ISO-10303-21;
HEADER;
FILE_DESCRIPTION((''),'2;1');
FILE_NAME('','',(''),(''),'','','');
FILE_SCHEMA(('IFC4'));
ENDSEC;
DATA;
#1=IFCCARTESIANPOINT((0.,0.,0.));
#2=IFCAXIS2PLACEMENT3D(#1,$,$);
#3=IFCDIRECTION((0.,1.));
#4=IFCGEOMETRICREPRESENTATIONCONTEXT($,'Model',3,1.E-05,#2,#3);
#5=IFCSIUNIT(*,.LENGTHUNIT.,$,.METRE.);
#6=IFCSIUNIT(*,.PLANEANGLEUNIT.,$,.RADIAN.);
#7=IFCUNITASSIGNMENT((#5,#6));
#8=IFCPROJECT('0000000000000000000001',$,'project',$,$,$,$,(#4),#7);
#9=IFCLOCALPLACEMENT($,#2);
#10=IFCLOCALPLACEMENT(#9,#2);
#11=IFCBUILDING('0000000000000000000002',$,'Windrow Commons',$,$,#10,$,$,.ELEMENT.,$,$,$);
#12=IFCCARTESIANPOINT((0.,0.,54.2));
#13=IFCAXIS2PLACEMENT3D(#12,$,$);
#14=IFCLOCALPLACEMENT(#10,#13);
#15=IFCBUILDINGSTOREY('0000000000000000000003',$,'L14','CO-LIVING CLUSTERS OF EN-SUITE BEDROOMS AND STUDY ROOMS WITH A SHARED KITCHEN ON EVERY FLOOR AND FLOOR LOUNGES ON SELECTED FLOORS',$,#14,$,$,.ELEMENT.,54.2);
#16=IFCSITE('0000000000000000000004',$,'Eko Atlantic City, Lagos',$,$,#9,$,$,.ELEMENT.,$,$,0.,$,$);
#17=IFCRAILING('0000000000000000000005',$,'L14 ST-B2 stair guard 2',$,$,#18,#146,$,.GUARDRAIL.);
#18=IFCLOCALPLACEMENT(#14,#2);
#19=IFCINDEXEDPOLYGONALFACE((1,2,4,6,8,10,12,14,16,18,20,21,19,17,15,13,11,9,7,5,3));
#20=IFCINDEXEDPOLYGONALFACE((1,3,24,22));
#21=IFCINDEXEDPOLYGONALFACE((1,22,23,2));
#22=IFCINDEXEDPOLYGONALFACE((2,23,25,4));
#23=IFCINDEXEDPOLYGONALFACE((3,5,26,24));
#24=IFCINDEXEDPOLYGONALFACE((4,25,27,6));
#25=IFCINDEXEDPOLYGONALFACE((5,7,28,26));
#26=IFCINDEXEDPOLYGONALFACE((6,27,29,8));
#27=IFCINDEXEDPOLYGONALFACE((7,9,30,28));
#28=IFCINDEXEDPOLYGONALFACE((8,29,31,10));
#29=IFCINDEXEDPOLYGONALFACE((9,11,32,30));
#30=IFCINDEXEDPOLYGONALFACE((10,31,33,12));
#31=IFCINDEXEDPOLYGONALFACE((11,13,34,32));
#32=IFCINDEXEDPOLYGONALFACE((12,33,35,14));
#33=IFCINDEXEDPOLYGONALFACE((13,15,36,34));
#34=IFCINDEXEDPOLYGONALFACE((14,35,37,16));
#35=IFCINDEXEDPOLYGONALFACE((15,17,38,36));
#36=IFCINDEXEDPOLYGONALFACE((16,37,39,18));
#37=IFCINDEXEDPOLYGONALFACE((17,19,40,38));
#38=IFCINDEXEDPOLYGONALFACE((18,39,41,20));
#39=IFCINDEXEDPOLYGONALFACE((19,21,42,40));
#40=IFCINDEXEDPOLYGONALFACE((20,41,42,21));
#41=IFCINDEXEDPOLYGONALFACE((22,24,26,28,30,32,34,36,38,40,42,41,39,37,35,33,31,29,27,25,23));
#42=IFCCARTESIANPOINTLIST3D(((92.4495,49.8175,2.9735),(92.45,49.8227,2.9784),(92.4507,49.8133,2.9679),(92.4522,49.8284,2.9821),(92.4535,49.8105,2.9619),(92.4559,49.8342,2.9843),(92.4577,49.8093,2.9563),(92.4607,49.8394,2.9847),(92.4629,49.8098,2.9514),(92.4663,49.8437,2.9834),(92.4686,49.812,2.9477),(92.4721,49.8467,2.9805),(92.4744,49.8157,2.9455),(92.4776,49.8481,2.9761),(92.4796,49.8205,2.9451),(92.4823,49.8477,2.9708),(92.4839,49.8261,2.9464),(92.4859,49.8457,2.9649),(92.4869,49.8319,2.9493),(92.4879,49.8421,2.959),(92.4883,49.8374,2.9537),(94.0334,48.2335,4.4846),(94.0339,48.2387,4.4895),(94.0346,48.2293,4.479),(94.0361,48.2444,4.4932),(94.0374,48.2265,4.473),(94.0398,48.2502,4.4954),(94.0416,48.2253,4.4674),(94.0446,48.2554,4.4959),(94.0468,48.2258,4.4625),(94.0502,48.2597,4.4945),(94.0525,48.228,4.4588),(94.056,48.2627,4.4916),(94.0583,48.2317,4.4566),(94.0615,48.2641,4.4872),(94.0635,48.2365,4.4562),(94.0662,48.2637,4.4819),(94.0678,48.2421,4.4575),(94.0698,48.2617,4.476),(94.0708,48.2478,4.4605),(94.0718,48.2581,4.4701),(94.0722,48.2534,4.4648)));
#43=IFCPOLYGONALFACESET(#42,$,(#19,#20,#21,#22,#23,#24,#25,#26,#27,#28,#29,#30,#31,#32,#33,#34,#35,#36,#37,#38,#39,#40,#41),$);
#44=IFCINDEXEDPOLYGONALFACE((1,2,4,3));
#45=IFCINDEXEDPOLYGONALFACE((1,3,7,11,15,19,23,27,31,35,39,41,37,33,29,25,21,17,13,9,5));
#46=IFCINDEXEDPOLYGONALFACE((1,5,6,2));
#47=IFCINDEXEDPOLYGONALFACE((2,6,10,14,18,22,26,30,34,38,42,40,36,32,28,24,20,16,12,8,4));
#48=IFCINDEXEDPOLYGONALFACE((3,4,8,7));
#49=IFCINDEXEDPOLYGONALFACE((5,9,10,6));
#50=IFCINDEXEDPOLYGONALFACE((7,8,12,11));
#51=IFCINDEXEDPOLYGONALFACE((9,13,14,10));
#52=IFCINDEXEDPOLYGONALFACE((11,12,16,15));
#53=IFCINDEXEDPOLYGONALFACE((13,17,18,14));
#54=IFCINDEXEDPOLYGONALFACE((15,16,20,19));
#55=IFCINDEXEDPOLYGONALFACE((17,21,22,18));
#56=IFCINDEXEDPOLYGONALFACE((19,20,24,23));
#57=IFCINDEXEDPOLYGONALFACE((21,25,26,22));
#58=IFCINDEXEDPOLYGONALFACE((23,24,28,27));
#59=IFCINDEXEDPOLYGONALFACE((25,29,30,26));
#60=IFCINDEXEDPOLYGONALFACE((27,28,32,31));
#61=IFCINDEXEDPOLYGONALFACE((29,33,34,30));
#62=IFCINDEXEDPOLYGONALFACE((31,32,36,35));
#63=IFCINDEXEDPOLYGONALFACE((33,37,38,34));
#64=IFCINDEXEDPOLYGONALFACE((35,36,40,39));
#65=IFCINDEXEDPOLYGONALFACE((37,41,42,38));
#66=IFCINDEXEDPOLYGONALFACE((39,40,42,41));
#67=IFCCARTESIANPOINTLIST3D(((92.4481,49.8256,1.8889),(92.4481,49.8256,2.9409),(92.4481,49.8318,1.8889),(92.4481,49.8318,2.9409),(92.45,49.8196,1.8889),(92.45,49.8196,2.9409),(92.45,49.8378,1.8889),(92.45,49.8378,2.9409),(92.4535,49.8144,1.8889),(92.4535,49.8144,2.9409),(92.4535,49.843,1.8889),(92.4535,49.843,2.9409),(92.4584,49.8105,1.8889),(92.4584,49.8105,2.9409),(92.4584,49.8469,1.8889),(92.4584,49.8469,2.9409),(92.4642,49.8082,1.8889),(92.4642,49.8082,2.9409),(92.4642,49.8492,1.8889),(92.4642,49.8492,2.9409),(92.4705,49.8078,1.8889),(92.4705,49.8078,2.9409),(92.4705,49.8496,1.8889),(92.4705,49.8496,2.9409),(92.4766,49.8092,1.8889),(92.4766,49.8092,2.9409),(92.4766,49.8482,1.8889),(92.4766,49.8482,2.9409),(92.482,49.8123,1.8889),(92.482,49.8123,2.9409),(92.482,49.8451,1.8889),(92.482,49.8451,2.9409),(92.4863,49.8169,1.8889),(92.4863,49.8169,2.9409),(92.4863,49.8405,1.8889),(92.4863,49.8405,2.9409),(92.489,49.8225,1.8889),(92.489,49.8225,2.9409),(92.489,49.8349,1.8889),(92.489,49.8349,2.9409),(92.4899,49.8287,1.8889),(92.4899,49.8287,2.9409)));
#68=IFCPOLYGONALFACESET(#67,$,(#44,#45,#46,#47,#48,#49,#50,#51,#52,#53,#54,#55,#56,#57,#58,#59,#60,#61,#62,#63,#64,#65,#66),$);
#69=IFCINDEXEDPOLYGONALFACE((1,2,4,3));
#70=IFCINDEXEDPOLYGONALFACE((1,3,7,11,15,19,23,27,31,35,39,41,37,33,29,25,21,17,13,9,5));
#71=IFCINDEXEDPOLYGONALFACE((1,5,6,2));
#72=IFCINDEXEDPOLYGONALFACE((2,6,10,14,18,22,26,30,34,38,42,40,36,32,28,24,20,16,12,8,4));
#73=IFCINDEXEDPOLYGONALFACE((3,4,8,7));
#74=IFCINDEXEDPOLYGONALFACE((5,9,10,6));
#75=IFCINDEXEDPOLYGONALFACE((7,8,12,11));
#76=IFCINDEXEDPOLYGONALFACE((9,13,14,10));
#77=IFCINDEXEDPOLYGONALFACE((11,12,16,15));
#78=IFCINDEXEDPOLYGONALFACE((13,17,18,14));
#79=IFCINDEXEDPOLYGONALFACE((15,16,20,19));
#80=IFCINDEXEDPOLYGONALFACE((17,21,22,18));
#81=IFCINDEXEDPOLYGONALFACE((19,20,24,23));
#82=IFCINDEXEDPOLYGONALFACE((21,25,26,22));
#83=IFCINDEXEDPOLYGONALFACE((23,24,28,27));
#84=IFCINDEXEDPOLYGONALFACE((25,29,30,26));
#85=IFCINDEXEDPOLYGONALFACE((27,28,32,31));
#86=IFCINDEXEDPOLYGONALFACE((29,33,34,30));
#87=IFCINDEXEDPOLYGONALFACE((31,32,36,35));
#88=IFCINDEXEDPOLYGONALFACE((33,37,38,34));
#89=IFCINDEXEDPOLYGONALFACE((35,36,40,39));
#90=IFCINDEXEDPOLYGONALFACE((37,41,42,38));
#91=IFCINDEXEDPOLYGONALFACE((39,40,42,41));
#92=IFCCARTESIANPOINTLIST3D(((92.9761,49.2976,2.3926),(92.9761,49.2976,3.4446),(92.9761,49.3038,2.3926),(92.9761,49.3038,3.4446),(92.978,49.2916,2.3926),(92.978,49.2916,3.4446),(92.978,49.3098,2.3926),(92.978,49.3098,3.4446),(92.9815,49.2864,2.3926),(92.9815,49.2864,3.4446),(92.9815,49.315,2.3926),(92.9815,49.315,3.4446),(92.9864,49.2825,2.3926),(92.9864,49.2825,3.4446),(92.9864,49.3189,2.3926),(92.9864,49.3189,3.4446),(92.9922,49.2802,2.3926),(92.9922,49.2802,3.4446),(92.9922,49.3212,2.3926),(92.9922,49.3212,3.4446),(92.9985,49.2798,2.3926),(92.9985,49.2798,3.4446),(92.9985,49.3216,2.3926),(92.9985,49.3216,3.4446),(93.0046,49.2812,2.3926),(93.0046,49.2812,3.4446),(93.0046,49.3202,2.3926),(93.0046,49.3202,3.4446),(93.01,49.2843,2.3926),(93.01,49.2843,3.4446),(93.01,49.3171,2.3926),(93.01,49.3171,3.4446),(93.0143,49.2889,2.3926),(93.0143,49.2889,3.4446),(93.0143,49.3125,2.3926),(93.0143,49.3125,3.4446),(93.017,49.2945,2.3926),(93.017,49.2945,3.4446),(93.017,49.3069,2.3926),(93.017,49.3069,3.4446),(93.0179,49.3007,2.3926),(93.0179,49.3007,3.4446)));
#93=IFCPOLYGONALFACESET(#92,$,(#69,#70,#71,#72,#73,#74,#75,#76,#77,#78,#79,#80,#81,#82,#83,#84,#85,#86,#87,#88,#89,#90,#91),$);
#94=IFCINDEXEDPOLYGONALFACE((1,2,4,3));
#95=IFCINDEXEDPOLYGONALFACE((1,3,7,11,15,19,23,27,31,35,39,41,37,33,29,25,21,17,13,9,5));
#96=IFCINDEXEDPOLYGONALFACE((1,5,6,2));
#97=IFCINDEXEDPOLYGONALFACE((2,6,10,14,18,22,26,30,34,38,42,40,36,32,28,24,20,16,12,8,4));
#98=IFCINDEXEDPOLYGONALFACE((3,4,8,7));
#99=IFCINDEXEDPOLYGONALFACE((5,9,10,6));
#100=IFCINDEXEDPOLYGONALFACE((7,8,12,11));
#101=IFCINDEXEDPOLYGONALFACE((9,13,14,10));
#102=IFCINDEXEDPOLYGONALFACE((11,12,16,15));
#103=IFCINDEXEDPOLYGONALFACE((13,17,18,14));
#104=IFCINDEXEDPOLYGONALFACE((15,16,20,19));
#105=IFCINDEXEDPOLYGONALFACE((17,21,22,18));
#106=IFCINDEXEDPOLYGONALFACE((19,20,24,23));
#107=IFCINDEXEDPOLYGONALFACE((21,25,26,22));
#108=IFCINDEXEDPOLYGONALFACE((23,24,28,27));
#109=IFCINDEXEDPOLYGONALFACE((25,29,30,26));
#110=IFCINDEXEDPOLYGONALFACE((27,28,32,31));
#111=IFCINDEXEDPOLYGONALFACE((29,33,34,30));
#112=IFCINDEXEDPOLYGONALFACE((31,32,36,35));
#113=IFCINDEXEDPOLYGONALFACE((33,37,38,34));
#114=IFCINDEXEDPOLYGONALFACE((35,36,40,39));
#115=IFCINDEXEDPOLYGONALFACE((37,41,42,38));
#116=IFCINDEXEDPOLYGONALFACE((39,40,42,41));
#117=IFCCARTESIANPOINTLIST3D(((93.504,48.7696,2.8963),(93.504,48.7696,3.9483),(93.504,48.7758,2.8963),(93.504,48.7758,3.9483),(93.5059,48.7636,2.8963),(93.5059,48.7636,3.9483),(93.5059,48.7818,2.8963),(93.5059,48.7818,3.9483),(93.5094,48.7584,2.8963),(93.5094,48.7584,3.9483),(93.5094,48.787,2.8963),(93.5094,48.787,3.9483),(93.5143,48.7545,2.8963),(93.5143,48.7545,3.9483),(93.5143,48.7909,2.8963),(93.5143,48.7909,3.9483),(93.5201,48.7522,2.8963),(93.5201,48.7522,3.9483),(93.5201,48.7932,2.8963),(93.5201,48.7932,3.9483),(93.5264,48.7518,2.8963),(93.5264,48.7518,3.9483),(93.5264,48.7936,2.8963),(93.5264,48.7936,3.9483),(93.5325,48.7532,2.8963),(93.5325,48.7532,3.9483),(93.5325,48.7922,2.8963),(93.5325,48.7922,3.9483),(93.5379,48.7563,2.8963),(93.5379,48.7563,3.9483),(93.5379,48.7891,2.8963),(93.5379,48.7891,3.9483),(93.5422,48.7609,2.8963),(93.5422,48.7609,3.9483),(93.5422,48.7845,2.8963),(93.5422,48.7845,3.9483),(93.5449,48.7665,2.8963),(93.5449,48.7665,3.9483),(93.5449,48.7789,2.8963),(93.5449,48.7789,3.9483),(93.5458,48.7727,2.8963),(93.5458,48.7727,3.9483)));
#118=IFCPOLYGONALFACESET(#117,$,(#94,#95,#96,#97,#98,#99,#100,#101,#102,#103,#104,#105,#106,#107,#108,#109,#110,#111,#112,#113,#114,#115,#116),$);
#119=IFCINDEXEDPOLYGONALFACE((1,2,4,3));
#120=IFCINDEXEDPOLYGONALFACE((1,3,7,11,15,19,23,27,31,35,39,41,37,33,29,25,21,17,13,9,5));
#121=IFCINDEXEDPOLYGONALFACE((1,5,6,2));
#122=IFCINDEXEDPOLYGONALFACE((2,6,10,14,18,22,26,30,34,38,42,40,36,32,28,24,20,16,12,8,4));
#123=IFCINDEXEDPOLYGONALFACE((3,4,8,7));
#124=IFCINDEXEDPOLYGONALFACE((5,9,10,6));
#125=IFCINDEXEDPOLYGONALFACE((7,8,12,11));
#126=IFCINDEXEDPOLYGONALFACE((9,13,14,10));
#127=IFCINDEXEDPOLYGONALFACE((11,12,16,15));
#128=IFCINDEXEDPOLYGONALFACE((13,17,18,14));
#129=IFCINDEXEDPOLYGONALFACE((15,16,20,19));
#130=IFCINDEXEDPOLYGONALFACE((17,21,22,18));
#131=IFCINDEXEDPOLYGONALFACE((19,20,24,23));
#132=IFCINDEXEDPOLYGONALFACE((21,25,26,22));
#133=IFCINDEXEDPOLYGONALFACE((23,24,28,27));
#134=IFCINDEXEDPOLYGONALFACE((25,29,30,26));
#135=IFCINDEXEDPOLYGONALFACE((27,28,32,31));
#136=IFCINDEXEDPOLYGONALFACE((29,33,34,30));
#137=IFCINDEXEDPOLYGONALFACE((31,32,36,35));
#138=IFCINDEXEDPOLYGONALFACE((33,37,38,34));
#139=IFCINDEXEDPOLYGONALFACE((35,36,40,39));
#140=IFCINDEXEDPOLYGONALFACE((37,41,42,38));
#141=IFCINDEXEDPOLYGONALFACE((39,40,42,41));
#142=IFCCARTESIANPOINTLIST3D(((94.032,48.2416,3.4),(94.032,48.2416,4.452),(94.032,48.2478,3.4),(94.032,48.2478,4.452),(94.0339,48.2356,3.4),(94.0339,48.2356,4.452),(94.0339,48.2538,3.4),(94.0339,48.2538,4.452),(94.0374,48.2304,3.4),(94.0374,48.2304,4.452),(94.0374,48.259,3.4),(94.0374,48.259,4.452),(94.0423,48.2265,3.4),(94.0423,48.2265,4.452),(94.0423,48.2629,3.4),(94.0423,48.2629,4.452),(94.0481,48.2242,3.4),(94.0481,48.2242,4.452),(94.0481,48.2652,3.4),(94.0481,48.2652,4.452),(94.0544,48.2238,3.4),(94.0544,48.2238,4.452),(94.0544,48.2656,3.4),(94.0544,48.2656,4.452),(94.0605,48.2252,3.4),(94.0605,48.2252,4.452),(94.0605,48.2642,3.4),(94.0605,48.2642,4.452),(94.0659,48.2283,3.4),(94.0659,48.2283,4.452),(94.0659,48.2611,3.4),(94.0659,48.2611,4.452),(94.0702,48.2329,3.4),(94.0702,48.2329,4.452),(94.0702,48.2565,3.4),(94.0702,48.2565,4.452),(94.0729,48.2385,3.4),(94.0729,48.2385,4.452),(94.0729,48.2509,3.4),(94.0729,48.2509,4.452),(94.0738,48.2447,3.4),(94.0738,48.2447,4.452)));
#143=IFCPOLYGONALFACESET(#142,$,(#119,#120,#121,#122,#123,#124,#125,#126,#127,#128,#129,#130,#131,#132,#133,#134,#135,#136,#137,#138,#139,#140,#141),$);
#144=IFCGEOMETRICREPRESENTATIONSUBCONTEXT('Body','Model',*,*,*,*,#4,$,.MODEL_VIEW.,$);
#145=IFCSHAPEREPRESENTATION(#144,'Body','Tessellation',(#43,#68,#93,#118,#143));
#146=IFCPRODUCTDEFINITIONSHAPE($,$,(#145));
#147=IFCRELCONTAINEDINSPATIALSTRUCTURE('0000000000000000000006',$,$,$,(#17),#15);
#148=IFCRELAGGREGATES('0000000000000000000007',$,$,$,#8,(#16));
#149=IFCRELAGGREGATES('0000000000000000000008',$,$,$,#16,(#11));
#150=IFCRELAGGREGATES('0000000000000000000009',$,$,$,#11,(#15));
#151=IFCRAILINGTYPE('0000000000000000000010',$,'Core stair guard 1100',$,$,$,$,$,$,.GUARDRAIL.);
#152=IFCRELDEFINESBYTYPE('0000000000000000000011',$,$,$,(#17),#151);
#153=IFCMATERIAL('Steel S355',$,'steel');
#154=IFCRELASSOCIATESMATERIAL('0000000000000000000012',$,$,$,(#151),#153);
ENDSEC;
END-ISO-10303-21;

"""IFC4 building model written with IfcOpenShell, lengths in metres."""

from ifc_helpers import new_model, si_unit, direction, frame, origin, origin_2d, place, context, subcontext, project, spatial, circle, extrude, material, type_object, element, save


model = new_model("IFC4")

# Units and contexts
model_context = context("Model", 3, precision=1e-05, world=origin(), true_north=direction((0.0, 1.0)))
body_context = subcontext(model_context, "Body", "Model", "MODEL_VIEW")
ifc_project = project(units=[si_unit("LENGTHUNIT", "METRE"), si_unit("PLANEANGLEUNIT", "RADIAN")], contexts=[model_context])

# Site, building, storey
site_placement = place(None, origin())
site = spatial("IfcSite", under=ifc_project, at=site_placement, Name="Eko Atlantic City, Lagos", CompositionType="ELEMENT", RefElevation=0.0)
building_placement = place(site_placement, origin())
building = spatial("IfcBuilding", under=site, at=building_placement, Name="Windrow Commons", CompositionType="ELEMENT")
storey_placement = place(building_placement, frame((0.0, 0.0, 54.2)))
storey = spatial("IfcBuildingStorey", under=building, at=storey_placement, Name="L14", Description="CO-LIVING CLUSTERS OF EN-SUITE BEDROOMS AND STUDY ROOMS WITH A SHARED KITCHEN ON EVERY FLOOR AND FLOOR LOUNGES ON SELECTED FLOORS", CompositionType="ELEMENT", Elevation=54.2)

# Railing
ifc_material_1 = material(Name="Steel S355", Category="steel")
railing_type_1 = type_object("IfcRailingType", Name="Core stair guard 1100", PredefinedType="GUARDRAIL", material=ifc_material_1)
railing_1_placement = place(storey_placement, frame((92.4689, 49.8287, 1.8889)))
element("IfcRailing", 1, at=railing_1_placement, inside=storey, type_object=railing_type_1, Name="L14 ST-B2 stair guard 2", PredefinedType="GUARDRAIL", context=body_context, shape_type="SweptSolid", body=[
    extrude(circle(Radius=0.024, at=origin_2d()), frame((0.0, 0.0, 1.076), z_axis=(0.586179, -0.586216, 0.559237), x_axis=(0.707129, 0.707084, 0.0)), (0.0, 0.0, 1.0), 2.7021),
    extrude(circle(Radius=0.021, at=origin_2d()), origin(), (0.0, 0.0, 1.0), 1.052),
    extrude(circle(Radius=0.021, at=origin_2d()), frame((0.528, -0.528, 0.5037)), (0.0, 0.0, 1.0), 1.052),
    extrude(circle(Radius=0.021, at=origin_2d()), frame((1.0559, -1.056, 1.0074)), (0.0, 0.0, 1.0), 1.052),
    extrude(circle(Radius=0.021, at=origin_2d()), frame((1.5839, -1.584, 1.5111)), (0.0, 0.0, 1.0), 1.052),
])

save(model, "model.ifc")
